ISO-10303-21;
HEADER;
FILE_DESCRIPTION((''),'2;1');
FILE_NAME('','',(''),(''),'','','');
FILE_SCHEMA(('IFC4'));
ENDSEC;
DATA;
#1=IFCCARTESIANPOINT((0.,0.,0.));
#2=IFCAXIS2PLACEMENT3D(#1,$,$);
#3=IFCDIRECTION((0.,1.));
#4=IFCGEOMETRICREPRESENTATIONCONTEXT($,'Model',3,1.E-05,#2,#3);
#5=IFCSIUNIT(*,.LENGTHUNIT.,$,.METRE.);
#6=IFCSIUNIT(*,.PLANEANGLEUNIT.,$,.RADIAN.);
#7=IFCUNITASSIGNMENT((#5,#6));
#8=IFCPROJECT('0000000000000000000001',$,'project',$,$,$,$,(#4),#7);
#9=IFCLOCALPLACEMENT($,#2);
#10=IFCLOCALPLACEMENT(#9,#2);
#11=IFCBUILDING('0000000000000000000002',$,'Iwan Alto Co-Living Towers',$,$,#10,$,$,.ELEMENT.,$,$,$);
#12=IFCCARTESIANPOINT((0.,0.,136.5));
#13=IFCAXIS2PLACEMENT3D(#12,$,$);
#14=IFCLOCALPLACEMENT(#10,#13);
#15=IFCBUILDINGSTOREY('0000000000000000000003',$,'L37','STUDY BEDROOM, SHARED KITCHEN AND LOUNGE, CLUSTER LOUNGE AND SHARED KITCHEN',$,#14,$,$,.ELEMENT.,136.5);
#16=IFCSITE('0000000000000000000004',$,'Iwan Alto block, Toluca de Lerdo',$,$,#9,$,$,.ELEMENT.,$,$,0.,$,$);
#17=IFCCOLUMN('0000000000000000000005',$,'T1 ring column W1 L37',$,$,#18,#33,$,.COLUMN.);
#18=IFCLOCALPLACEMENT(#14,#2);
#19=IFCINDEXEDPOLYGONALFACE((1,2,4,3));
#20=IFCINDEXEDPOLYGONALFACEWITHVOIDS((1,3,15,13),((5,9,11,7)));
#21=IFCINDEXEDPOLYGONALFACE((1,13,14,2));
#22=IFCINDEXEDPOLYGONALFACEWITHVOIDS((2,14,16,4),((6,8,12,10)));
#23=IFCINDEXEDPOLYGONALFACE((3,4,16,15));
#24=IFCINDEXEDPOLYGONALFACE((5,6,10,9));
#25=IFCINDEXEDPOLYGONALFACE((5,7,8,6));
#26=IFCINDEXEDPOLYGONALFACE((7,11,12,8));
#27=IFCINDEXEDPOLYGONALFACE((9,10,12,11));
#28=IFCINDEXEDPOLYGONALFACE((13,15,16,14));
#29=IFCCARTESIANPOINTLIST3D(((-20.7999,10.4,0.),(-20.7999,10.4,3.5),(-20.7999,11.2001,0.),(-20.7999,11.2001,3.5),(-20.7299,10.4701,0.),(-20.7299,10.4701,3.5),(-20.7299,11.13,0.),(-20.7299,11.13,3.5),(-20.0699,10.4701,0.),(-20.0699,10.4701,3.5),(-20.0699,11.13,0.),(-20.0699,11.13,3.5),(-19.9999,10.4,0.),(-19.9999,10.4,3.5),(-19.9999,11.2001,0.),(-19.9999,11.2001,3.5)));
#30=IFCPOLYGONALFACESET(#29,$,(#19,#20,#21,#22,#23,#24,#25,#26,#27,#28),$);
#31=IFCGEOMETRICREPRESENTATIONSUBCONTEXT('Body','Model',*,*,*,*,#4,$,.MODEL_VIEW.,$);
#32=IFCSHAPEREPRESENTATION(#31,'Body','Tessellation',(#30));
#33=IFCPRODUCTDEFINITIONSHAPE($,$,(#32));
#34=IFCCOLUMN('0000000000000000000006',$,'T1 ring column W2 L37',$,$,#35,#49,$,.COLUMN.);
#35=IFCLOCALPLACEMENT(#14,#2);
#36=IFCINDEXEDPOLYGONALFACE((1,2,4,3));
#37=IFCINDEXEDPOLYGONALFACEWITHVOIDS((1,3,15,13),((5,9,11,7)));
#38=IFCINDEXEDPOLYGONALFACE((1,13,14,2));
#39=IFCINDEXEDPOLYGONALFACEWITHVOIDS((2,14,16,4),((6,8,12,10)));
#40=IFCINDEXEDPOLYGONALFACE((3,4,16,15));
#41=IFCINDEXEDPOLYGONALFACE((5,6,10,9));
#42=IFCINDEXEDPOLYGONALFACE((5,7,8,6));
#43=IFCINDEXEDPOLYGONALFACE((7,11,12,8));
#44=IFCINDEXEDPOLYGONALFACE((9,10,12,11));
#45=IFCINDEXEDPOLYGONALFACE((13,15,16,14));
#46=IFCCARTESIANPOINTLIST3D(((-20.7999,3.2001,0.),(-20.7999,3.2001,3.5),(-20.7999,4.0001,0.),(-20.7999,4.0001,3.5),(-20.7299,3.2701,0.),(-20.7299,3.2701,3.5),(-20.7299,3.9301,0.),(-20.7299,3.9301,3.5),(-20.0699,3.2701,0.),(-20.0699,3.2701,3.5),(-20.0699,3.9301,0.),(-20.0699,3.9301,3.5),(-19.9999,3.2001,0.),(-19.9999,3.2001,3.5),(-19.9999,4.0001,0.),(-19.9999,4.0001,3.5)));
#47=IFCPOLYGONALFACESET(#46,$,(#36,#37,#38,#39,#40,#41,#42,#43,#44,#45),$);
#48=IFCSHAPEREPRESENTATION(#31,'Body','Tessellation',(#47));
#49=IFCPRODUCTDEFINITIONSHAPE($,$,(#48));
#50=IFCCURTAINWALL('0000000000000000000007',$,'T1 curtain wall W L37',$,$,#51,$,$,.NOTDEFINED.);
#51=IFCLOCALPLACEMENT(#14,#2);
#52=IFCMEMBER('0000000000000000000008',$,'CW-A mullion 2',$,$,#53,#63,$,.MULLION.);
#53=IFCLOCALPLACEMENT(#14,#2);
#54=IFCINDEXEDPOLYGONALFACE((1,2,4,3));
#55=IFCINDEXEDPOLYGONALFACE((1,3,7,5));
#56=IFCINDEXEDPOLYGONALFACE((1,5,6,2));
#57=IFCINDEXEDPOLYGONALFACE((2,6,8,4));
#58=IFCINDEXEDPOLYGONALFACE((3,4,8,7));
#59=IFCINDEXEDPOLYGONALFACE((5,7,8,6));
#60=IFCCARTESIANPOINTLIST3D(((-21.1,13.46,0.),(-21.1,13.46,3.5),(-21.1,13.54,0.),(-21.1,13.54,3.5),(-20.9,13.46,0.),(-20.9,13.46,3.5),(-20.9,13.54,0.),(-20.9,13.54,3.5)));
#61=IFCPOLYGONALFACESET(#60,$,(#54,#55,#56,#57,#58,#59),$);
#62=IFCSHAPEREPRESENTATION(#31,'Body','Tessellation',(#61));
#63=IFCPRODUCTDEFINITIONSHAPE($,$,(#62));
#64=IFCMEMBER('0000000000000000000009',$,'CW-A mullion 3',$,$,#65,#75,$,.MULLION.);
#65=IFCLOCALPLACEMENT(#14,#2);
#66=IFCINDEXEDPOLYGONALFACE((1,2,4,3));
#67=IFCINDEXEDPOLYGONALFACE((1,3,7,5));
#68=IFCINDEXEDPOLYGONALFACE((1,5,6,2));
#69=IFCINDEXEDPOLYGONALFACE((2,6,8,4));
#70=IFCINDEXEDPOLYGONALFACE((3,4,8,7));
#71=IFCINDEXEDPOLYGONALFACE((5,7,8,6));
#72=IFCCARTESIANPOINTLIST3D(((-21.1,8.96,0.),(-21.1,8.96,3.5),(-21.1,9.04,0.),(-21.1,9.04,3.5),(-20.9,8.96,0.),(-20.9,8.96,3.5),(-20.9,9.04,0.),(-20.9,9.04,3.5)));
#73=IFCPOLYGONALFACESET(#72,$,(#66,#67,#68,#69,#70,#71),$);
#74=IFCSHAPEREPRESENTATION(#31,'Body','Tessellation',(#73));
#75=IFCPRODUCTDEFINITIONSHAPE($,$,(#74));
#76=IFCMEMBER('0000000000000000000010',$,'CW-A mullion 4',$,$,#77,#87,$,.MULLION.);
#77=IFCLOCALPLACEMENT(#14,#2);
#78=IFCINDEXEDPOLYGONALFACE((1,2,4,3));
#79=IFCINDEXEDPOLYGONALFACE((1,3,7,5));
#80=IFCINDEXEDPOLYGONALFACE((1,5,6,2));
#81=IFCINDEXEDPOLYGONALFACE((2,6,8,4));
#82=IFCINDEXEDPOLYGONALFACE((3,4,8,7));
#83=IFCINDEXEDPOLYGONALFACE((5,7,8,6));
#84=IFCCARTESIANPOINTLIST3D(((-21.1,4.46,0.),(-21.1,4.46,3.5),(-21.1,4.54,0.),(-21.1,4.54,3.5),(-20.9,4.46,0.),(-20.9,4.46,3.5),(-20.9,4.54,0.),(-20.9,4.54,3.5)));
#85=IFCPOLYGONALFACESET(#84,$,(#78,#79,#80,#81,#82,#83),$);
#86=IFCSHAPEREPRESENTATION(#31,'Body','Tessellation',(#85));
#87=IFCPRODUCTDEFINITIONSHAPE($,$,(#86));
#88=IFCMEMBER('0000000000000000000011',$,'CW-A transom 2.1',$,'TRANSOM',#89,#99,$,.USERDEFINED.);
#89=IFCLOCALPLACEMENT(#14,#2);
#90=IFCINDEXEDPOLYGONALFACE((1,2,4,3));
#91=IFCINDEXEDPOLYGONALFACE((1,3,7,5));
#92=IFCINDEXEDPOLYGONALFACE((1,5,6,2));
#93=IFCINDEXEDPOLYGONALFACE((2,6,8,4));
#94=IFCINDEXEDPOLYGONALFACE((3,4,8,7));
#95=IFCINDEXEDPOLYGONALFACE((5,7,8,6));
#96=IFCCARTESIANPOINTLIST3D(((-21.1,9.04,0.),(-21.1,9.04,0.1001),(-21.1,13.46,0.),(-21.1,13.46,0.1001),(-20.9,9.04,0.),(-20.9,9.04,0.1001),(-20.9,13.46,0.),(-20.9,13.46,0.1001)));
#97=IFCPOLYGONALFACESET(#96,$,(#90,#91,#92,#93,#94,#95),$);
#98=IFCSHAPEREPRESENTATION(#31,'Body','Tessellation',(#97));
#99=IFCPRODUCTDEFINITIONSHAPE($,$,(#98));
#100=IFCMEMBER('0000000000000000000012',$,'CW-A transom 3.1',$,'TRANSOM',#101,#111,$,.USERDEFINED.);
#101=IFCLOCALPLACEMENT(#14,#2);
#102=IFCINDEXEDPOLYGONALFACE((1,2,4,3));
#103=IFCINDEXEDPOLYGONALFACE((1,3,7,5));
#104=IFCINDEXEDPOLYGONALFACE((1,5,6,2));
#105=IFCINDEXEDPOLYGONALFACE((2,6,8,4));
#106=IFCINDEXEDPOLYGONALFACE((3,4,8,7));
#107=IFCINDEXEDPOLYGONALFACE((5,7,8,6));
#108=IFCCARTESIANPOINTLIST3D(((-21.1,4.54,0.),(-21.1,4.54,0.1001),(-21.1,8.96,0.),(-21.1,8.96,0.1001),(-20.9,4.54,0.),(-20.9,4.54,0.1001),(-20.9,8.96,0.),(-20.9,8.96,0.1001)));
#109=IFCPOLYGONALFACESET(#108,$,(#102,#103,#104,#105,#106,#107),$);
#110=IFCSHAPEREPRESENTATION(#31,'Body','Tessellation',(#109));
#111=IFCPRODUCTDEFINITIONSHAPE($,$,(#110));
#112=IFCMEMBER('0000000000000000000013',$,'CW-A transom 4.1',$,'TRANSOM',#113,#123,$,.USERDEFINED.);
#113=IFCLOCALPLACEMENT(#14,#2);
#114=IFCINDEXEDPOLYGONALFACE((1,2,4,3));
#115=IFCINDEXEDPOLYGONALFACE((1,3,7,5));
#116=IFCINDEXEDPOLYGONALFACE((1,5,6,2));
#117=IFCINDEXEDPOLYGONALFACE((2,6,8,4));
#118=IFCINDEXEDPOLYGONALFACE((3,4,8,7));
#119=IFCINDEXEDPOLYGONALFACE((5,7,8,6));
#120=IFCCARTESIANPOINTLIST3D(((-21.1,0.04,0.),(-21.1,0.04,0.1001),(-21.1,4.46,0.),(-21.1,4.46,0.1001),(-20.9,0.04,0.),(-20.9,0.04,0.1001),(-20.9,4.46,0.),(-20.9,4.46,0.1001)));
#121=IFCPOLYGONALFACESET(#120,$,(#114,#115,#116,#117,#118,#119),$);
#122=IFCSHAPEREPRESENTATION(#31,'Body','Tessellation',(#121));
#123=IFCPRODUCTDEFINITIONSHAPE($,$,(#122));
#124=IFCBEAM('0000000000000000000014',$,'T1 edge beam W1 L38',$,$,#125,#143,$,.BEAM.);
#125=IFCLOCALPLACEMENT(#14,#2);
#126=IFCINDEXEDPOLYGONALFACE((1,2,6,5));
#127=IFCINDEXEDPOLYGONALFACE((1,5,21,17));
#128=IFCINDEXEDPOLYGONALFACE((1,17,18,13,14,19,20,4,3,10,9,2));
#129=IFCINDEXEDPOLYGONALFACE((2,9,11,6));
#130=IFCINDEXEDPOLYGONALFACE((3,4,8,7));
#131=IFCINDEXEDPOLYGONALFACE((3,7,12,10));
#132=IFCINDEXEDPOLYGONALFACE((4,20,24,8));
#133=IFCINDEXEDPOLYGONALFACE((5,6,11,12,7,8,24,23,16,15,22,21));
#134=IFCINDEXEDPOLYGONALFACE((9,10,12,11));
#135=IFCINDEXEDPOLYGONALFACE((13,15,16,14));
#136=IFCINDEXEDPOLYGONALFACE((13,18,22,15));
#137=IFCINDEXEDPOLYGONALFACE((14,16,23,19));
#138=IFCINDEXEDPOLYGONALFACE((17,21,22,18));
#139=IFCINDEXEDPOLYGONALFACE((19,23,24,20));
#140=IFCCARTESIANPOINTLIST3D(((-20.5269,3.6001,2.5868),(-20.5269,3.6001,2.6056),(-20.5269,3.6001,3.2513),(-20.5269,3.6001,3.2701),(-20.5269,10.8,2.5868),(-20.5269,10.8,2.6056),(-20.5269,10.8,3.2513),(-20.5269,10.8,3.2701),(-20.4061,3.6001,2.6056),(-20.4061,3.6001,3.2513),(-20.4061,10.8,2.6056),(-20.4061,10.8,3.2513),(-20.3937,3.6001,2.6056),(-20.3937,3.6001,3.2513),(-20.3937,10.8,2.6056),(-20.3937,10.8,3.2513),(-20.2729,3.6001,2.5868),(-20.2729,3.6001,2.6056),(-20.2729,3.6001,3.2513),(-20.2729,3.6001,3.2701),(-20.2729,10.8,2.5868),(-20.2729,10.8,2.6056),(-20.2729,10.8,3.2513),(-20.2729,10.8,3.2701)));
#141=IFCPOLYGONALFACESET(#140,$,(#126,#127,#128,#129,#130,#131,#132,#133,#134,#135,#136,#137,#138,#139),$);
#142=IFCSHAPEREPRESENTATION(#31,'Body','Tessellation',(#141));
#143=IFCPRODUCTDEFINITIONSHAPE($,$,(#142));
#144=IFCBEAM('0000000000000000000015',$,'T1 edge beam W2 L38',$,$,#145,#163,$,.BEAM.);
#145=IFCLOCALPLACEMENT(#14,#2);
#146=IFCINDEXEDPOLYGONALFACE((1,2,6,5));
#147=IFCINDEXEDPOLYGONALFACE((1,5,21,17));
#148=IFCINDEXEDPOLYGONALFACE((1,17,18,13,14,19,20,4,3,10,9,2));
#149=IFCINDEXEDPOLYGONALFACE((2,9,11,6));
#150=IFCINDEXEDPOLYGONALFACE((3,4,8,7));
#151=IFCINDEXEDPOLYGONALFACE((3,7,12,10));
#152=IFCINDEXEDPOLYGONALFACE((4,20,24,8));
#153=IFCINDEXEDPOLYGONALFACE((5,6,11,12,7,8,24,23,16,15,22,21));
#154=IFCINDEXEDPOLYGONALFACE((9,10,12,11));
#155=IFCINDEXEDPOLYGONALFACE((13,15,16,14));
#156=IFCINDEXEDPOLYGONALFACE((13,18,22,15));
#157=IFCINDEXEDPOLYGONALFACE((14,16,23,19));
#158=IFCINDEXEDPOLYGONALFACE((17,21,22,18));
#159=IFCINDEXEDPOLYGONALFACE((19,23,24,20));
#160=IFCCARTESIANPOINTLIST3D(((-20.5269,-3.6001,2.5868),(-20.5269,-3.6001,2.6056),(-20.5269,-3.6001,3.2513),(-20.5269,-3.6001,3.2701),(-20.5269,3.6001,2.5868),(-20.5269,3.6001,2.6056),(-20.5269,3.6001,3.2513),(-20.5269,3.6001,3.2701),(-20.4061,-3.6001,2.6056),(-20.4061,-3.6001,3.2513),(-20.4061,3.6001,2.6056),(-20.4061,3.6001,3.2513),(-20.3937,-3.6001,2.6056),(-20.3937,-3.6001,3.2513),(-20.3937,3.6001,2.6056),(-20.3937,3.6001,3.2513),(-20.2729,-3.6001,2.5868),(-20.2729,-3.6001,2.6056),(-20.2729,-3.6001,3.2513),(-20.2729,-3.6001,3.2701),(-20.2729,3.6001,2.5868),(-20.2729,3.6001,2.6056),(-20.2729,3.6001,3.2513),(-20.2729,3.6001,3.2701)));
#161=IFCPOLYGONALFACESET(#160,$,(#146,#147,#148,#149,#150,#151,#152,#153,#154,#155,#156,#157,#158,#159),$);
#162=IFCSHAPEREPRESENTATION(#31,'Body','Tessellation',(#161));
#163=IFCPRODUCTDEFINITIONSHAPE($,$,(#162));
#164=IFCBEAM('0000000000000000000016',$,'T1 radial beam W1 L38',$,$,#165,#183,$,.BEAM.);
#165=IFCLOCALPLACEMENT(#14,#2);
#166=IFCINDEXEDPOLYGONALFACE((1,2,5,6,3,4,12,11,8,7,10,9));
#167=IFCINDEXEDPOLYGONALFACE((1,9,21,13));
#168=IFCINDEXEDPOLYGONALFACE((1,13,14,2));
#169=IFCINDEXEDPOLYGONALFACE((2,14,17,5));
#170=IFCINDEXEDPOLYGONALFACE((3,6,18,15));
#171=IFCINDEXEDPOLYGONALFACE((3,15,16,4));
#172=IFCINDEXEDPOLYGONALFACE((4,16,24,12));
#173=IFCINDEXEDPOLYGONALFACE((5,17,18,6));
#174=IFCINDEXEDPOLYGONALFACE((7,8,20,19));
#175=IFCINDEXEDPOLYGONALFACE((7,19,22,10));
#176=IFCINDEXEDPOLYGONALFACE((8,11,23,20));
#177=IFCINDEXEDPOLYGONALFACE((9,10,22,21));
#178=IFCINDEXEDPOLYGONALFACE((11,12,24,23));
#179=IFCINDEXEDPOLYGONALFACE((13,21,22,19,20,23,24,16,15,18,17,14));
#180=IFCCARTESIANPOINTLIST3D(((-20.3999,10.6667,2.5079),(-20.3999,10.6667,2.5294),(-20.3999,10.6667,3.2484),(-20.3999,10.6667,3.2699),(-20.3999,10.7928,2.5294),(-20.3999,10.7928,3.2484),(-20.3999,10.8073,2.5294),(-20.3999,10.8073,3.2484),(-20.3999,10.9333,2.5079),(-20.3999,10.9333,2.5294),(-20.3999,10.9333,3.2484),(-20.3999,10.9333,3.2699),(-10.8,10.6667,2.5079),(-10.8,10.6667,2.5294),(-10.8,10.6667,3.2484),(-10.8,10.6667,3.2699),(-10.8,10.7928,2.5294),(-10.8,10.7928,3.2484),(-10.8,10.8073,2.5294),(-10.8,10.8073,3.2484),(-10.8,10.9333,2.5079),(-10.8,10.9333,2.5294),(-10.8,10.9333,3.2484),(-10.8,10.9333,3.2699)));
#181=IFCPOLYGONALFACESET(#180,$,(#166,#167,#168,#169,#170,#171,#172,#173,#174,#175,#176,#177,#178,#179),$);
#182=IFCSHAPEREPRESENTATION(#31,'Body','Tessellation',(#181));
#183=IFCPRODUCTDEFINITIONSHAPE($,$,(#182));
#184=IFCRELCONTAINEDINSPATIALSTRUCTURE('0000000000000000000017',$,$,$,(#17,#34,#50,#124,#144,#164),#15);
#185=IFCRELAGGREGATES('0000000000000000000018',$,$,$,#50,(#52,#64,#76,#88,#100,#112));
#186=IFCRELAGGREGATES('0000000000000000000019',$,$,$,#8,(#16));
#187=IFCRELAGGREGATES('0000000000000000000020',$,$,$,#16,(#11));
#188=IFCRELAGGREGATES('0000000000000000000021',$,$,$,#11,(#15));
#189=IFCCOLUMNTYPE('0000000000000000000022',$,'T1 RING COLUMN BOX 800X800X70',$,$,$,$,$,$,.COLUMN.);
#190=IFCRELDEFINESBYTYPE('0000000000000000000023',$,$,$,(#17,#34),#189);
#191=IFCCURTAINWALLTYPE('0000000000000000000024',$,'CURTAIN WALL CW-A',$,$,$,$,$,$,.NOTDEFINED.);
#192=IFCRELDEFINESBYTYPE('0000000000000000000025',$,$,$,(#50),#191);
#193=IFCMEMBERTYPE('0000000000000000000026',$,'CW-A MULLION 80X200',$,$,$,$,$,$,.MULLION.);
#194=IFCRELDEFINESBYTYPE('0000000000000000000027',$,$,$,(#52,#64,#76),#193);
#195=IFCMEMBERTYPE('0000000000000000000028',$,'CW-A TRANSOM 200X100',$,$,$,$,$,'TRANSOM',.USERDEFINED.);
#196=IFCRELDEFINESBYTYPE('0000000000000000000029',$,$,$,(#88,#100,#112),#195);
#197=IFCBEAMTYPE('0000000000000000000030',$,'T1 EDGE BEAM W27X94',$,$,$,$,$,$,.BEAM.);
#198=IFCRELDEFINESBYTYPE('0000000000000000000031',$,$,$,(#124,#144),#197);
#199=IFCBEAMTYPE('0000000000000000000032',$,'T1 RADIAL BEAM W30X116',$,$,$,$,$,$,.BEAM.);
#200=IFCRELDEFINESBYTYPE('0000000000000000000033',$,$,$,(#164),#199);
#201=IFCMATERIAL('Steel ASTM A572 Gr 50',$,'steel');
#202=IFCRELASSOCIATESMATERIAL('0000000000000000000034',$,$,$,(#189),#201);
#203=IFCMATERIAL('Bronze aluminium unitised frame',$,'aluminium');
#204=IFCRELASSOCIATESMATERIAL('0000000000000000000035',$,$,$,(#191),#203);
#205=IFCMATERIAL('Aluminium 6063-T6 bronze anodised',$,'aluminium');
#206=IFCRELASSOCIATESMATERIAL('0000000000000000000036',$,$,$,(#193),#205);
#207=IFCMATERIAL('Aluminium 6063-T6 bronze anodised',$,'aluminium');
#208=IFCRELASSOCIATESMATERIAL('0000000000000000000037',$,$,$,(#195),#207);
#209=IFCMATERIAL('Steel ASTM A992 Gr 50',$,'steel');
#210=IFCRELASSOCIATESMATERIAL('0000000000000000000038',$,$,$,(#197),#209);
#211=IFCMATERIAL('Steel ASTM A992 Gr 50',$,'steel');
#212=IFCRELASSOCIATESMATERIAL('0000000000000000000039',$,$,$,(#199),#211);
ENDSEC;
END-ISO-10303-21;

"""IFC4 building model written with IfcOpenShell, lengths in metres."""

from ifc_helpers import new_model, si_unit, direction, frame, origin, origin_2d, place, context, subcontext, project, spatial, rectangle, hollow_rectangle, i_section, extrude, material, material_profile, profile_set, type_object, element, aggregate, save


model = new_model("IFC4")

# Units and contexts
model_context = context("Model", 3, precision=1e-05, world=origin(), true_north=direction((0.0, 1.0)))
body_context = subcontext(model_context, "Body", "Model", "MODEL_VIEW")
ifc_project = project(units=[si_unit("LENGTHUNIT", "METRE"), si_unit("PLANEANGLEUNIT", "RADIAN")], contexts=[model_context])

# Site, building, storey
site_placement = place(None, origin())
site = spatial("IfcSite", under=ifc_project, at=site_placement, Name="Iwan Alto block, Toluca de Lerdo", CompositionType="ELEMENT", RefElevation=0.0)
building_placement = place(site_placement, origin())
building = spatial("IfcBuilding", under=site, at=building_placement, Name="Iwan Alto Co-Living Towers", CompositionType="ELEMENT")
storey_placement = place(building_placement, frame((0.0, 0.0, 136.5)))
storey = spatial("IfcBuildingStorey", under=building, at=storey_placement, Name="L37", Description="STUDY BEDROOM, SHARED KITCHEN AND LOUNGE, CLUSTER LOUNGE AND SHARED KITCHEN", CompositionType="ELEMENT", Elevation=136.5)

# Columns
ifc_material_1 = material(Name="Steel ASTM A572 Gr 50", Category="steel")
ifc_material_profile_1 = material_profile(ifc_material_1, hollow_rectangle(XDim=0.8, YDim=0.8, WallThickness=0.0701, at=origin_2d()), Name="BOX 800X800X70")
ifc_profile_set_1 = profile_set([ifc_material_profile_1], Name="Steel ASTM A572 Gr 50")
column_type = type_object("IfcColumnType", Name="T1 RING COLUMN BOX 800X800X70", PredefinedType="COLUMN", material=ifc_profile_set_1)
for number, where, z_axis, x_axis, name in (
    (1, (-20.3999, 10.8, 0.0), (0.0, 0.0, 1.0), (1.0, 0.0, 0.0), "T1 ring column W1 L37"),
    (2, (-20.3999, 3.6001, 0.0), (0.0, 0.0, 1.0), (1.0, 0.0, 0.0), "T1 ring column W2 L37"),
):
    element("IfcColumn", number, at=place(storey_placement, frame(where, z_axis=z_axis, x_axis=x_axis)), inside=storey, type_object=column_type, Name=name, PredefinedType="COLUMN", context=body_context, shape_type="SweptSolid", body=[
        extrude(hollow_rectangle(XDim=0.8, YDim=0.8, WallThickness=0.0701, at=origin_2d()), origin(), (0.0, 0.0, 1.0), 3.5),
    ])

# Curtain wall, members
ifc_material_2 = material(Name="Bronze aluminium unitised frame", Category="aluminium")
curtain_wall_type = type_object("IfcCurtainWallType", Name="CURTAIN WALL CW-A", PredefinedType="NOTDEFINED", material=ifc_material_2)
curtain_wall_placement = place(storey_placement, origin())
curtain_wall = element("IfcCurtainWall", 3, at=curtain_wall_placement, inside=storey, type_object=curtain_wall_type, Name="T1 curtain wall W L37", PredefinedType="NOTDEFINED")
ifc_material_3 = material(Name="Aluminium 6063-T6 bronze anodised", Category="aluminium")
ifc_material_profile_2 = material_profile(ifc_material_3, rectangle(XDim=0.2, YDim=0.0801, at=origin_2d()), Name="AL 80X200")
ifc_profile_set_2 = profile_set([ifc_material_profile_2], Name="Aluminium 6063-T6 bronze anodised")
member_type_1 = type_object("IfcMemberType", Name="CW-A MULLION 80X200", PredefinedType="MULLION", material=ifc_profile_set_2)
member_1_placement = place(storey_placement, frame((-21.0, 13.5, 0.0), z_axis=(0.0, 0.0, 1.0), x_axis=(1.0, 0.0, 0.0)))
member_1 = element("IfcMember", 4, at=member_1_placement, type_object=member_type_1, Name="CW-A mullion 2", PredefinedType="MULLION", context=body_context, shape_type="SweptSolid", body=[
    extrude(rectangle(XDim=0.2, YDim=0.0801, at=origin_2d()), origin(), (0.0, 0.0, 1.0), 3.5),
])
member_2_placement = place(storey_placement, frame((-21.0, 9.0, 0.0), z_axis=(0.0, 0.0, 1.0), x_axis=(1.0, 0.0, 0.0)))
member_2 = element("IfcMember", 5, at=member_2_placement, type_object=member_type_1, Name="CW-A mullion 3", PredefinedType="MULLION", context=body_context, shape_type="SweptSolid", body=[
    extrude(rectangle(XDim=0.2, YDim=0.0801, at=origin_2d()), origin(), (0.0, 0.0, 1.0), 3.5),
])
member_3_placement = place(storey_placement, frame((-21.0, 4.5, 0.0), z_axis=(0.0, 0.0, 1.0), x_axis=(1.0, 0.0, 0.0)))
member_3 = element("IfcMember", 6, at=member_3_placement, type_object=member_type_1, Name="CW-A mullion 4", PredefinedType="MULLION", context=body_context, shape_type="SweptSolid", body=[
    extrude(rectangle(XDim=0.2, YDim=0.0801, at=origin_2d()), origin(), (0.0, 0.0, 1.0), 3.5),
])
ifc_material_4 = material(Name="Aluminium 6063-T6 bronze anodised", Category="aluminium")
ifc_material_profile_3 = material_profile(ifc_material_4, rectangle(XDim=0.2, YDim=0.1001, at=origin_2d()), Name="AL 200X100")
ifc_profile_set_3 = profile_set([ifc_material_profile_3], Name="Aluminium 6063-T6 bronze anodised")
member_type_2 = type_object("IfcMemberType", Name="CW-A TRANSOM 200X100", ElementType="TRANSOM", PredefinedType="USERDEFINED", material=ifc_profile_set_3)
member_4_placement = place(storey_placement, frame((-21.0, 13.46, 0.05), z_axis=(0.0, -1.0, 0.0), x_axis=(1.0, 0.0, 0.0)))
member_4 = element("IfcMember", 7, at=member_4_placement, type_object=member_type_2, Name="CW-A transom 2.1", ObjectType="TRANSOM", PredefinedType="USERDEFINED", context=body_context, shape_type="SweptSolid", body=[
    extrude(rectangle(XDim=0.2, YDim=0.1001, at=origin_2d()), origin(), (0.0, 0.0, 1.0), 4.4199),
])
member_5_placement = place(storey_placement, frame((-21.0, 8.96, 0.05), z_axis=(0.0, -1.0, 0.0), x_axis=(1.0, 0.0, 0.0)))
member_5 = element("IfcMember", 8, at=member_5_placement, type_object=member_type_2, Name="CW-A transom 3.1", ObjectType="TRANSOM", PredefinedType="USERDEFINED", context=body_context, shape_type="SweptSolid", body=[
    extrude(rectangle(XDim=0.2, YDim=0.1001, at=origin_2d()), origin(), (0.0, 0.0, 1.0), 4.4199),
])
member_6_placement = place(storey_placement, frame((-21.0, 4.46, 0.05), z_axis=(0.0, -1.0, 0.0), x_axis=(1.0, 0.0, 0.0)))
member_6 = element("IfcMember", 9, at=member_6_placement, type_object=member_type_2, Name="CW-A transom 4.1", ObjectType="TRANSOM", PredefinedType="USERDEFINED", context=body_context, shape_type="SweptSolid", body=[
    extrude(rectangle(XDim=0.2, YDim=0.1001, at=origin_2d()), origin(), (0.0, 0.0, 1.0), 4.4199),
])

# Beams
ifc_material_5 = material(Name="Steel ASTM A992 Gr 50", Category="steel")
ifc_material_profile_4 = material_profile(ifc_material_5, i_section(OverallWidth=0.2539, OverallDepth=0.6833, WebThickness=0.0125, FlangeThickness=0.0188, at=origin_2d()), Name="W27X94")
ifc_profile_set_4 = profile_set([ifc_material_profile_4], Name="Steel ASTM A992 Gr 50")
beam_type_1 = type_object("IfcBeamType", Name="T1 EDGE BEAM W27X94", PredefinedType="BEAM", material=ifc_profile_set_4)
beam_1_placement = place(storey_placement, frame((-20.3999, 10.8, 2.9285), z_axis=(0.0, -1.0, 0.0), x_axis=(1.0, 0.0, 0.0)))
element("IfcBeam", 10, at=beam_1_placement, inside=storey, type_object=beam_type_1, Name="T1 edge beam W1 L38", PredefinedType="BEAM", context=body_context, shape_type="SweptSolid", body=[
    extrude(i_section(OverallWidth=0.2539, OverallDepth=0.6833, WebThickness=0.0125, FlangeThickness=0.0188, at=origin_2d()), origin(), (0.0, 0.0, 1.0), 7.2),
])
beam_2_placement = place(storey_placement, frame((-20.3999, 3.6001, 2.9285), z_axis=(0.0, -1.0, 0.0), x_axis=(1.0, 0.0, 0.0)))
element("IfcBeam", 11, at=beam_2_placement, inside=storey, type_object=beam_type_1, Name="T1 edge beam W2 L38", PredefinedType="BEAM", context=body_context, shape_type="SweptSolid", body=[
    extrude(i_section(OverallWidth=0.2539, OverallDepth=0.6833, WebThickness=0.0125, FlangeThickness=0.0188, at=origin_2d()), origin(), (0.0, 0.0, 1.0), 7.2002),
])
ifc_material_6 = material(Name="Steel ASTM A992 Gr 50", Category="steel")
ifc_material_profile_5 = material_profile(ifc_material_6, i_section(OverallWidth=0.2666, OverallDepth=0.762, WebThickness=0.0144, FlangeThickness=0.0215, at=origin_2d()), Name="W30X116")
ifc_profile_set_5 = profile_set([ifc_material_profile_5], Name="Steel ASTM A992 Gr 50")
beam_type_2 = type_object("IfcBeamType", Name="T1 RADIAL BEAM W30X116", PredefinedType="BEAM", material=ifc_profile_set_5)
beam_3_placement = place(storey_placement, frame((-20.3999, 10.8, 2.8889), z_axis=(1.0, 0.0, 0.0), x_axis=(0.0, 1.0, 0.0)))
element("IfcBeam", 12, at=beam_3_placement, inside=storey, type_object=beam_type_2, Name="T1 radial beam W1 L38", PredefinedType="BEAM", context=body_context, shape_type="SweptSolid", body=[
    extrude(i_section(OverallWidth=0.2666, OverallDepth=0.762, WebThickness=0.0144, FlangeThickness=0.0215, at=origin_2d()), origin(), (0.0, 0.0, 1.0), 9.5999),
])

aggregate(curtain_wall, [member_1, member_2, member_3, member_4, member_5, member_6])

save(model, "model.ifc")
